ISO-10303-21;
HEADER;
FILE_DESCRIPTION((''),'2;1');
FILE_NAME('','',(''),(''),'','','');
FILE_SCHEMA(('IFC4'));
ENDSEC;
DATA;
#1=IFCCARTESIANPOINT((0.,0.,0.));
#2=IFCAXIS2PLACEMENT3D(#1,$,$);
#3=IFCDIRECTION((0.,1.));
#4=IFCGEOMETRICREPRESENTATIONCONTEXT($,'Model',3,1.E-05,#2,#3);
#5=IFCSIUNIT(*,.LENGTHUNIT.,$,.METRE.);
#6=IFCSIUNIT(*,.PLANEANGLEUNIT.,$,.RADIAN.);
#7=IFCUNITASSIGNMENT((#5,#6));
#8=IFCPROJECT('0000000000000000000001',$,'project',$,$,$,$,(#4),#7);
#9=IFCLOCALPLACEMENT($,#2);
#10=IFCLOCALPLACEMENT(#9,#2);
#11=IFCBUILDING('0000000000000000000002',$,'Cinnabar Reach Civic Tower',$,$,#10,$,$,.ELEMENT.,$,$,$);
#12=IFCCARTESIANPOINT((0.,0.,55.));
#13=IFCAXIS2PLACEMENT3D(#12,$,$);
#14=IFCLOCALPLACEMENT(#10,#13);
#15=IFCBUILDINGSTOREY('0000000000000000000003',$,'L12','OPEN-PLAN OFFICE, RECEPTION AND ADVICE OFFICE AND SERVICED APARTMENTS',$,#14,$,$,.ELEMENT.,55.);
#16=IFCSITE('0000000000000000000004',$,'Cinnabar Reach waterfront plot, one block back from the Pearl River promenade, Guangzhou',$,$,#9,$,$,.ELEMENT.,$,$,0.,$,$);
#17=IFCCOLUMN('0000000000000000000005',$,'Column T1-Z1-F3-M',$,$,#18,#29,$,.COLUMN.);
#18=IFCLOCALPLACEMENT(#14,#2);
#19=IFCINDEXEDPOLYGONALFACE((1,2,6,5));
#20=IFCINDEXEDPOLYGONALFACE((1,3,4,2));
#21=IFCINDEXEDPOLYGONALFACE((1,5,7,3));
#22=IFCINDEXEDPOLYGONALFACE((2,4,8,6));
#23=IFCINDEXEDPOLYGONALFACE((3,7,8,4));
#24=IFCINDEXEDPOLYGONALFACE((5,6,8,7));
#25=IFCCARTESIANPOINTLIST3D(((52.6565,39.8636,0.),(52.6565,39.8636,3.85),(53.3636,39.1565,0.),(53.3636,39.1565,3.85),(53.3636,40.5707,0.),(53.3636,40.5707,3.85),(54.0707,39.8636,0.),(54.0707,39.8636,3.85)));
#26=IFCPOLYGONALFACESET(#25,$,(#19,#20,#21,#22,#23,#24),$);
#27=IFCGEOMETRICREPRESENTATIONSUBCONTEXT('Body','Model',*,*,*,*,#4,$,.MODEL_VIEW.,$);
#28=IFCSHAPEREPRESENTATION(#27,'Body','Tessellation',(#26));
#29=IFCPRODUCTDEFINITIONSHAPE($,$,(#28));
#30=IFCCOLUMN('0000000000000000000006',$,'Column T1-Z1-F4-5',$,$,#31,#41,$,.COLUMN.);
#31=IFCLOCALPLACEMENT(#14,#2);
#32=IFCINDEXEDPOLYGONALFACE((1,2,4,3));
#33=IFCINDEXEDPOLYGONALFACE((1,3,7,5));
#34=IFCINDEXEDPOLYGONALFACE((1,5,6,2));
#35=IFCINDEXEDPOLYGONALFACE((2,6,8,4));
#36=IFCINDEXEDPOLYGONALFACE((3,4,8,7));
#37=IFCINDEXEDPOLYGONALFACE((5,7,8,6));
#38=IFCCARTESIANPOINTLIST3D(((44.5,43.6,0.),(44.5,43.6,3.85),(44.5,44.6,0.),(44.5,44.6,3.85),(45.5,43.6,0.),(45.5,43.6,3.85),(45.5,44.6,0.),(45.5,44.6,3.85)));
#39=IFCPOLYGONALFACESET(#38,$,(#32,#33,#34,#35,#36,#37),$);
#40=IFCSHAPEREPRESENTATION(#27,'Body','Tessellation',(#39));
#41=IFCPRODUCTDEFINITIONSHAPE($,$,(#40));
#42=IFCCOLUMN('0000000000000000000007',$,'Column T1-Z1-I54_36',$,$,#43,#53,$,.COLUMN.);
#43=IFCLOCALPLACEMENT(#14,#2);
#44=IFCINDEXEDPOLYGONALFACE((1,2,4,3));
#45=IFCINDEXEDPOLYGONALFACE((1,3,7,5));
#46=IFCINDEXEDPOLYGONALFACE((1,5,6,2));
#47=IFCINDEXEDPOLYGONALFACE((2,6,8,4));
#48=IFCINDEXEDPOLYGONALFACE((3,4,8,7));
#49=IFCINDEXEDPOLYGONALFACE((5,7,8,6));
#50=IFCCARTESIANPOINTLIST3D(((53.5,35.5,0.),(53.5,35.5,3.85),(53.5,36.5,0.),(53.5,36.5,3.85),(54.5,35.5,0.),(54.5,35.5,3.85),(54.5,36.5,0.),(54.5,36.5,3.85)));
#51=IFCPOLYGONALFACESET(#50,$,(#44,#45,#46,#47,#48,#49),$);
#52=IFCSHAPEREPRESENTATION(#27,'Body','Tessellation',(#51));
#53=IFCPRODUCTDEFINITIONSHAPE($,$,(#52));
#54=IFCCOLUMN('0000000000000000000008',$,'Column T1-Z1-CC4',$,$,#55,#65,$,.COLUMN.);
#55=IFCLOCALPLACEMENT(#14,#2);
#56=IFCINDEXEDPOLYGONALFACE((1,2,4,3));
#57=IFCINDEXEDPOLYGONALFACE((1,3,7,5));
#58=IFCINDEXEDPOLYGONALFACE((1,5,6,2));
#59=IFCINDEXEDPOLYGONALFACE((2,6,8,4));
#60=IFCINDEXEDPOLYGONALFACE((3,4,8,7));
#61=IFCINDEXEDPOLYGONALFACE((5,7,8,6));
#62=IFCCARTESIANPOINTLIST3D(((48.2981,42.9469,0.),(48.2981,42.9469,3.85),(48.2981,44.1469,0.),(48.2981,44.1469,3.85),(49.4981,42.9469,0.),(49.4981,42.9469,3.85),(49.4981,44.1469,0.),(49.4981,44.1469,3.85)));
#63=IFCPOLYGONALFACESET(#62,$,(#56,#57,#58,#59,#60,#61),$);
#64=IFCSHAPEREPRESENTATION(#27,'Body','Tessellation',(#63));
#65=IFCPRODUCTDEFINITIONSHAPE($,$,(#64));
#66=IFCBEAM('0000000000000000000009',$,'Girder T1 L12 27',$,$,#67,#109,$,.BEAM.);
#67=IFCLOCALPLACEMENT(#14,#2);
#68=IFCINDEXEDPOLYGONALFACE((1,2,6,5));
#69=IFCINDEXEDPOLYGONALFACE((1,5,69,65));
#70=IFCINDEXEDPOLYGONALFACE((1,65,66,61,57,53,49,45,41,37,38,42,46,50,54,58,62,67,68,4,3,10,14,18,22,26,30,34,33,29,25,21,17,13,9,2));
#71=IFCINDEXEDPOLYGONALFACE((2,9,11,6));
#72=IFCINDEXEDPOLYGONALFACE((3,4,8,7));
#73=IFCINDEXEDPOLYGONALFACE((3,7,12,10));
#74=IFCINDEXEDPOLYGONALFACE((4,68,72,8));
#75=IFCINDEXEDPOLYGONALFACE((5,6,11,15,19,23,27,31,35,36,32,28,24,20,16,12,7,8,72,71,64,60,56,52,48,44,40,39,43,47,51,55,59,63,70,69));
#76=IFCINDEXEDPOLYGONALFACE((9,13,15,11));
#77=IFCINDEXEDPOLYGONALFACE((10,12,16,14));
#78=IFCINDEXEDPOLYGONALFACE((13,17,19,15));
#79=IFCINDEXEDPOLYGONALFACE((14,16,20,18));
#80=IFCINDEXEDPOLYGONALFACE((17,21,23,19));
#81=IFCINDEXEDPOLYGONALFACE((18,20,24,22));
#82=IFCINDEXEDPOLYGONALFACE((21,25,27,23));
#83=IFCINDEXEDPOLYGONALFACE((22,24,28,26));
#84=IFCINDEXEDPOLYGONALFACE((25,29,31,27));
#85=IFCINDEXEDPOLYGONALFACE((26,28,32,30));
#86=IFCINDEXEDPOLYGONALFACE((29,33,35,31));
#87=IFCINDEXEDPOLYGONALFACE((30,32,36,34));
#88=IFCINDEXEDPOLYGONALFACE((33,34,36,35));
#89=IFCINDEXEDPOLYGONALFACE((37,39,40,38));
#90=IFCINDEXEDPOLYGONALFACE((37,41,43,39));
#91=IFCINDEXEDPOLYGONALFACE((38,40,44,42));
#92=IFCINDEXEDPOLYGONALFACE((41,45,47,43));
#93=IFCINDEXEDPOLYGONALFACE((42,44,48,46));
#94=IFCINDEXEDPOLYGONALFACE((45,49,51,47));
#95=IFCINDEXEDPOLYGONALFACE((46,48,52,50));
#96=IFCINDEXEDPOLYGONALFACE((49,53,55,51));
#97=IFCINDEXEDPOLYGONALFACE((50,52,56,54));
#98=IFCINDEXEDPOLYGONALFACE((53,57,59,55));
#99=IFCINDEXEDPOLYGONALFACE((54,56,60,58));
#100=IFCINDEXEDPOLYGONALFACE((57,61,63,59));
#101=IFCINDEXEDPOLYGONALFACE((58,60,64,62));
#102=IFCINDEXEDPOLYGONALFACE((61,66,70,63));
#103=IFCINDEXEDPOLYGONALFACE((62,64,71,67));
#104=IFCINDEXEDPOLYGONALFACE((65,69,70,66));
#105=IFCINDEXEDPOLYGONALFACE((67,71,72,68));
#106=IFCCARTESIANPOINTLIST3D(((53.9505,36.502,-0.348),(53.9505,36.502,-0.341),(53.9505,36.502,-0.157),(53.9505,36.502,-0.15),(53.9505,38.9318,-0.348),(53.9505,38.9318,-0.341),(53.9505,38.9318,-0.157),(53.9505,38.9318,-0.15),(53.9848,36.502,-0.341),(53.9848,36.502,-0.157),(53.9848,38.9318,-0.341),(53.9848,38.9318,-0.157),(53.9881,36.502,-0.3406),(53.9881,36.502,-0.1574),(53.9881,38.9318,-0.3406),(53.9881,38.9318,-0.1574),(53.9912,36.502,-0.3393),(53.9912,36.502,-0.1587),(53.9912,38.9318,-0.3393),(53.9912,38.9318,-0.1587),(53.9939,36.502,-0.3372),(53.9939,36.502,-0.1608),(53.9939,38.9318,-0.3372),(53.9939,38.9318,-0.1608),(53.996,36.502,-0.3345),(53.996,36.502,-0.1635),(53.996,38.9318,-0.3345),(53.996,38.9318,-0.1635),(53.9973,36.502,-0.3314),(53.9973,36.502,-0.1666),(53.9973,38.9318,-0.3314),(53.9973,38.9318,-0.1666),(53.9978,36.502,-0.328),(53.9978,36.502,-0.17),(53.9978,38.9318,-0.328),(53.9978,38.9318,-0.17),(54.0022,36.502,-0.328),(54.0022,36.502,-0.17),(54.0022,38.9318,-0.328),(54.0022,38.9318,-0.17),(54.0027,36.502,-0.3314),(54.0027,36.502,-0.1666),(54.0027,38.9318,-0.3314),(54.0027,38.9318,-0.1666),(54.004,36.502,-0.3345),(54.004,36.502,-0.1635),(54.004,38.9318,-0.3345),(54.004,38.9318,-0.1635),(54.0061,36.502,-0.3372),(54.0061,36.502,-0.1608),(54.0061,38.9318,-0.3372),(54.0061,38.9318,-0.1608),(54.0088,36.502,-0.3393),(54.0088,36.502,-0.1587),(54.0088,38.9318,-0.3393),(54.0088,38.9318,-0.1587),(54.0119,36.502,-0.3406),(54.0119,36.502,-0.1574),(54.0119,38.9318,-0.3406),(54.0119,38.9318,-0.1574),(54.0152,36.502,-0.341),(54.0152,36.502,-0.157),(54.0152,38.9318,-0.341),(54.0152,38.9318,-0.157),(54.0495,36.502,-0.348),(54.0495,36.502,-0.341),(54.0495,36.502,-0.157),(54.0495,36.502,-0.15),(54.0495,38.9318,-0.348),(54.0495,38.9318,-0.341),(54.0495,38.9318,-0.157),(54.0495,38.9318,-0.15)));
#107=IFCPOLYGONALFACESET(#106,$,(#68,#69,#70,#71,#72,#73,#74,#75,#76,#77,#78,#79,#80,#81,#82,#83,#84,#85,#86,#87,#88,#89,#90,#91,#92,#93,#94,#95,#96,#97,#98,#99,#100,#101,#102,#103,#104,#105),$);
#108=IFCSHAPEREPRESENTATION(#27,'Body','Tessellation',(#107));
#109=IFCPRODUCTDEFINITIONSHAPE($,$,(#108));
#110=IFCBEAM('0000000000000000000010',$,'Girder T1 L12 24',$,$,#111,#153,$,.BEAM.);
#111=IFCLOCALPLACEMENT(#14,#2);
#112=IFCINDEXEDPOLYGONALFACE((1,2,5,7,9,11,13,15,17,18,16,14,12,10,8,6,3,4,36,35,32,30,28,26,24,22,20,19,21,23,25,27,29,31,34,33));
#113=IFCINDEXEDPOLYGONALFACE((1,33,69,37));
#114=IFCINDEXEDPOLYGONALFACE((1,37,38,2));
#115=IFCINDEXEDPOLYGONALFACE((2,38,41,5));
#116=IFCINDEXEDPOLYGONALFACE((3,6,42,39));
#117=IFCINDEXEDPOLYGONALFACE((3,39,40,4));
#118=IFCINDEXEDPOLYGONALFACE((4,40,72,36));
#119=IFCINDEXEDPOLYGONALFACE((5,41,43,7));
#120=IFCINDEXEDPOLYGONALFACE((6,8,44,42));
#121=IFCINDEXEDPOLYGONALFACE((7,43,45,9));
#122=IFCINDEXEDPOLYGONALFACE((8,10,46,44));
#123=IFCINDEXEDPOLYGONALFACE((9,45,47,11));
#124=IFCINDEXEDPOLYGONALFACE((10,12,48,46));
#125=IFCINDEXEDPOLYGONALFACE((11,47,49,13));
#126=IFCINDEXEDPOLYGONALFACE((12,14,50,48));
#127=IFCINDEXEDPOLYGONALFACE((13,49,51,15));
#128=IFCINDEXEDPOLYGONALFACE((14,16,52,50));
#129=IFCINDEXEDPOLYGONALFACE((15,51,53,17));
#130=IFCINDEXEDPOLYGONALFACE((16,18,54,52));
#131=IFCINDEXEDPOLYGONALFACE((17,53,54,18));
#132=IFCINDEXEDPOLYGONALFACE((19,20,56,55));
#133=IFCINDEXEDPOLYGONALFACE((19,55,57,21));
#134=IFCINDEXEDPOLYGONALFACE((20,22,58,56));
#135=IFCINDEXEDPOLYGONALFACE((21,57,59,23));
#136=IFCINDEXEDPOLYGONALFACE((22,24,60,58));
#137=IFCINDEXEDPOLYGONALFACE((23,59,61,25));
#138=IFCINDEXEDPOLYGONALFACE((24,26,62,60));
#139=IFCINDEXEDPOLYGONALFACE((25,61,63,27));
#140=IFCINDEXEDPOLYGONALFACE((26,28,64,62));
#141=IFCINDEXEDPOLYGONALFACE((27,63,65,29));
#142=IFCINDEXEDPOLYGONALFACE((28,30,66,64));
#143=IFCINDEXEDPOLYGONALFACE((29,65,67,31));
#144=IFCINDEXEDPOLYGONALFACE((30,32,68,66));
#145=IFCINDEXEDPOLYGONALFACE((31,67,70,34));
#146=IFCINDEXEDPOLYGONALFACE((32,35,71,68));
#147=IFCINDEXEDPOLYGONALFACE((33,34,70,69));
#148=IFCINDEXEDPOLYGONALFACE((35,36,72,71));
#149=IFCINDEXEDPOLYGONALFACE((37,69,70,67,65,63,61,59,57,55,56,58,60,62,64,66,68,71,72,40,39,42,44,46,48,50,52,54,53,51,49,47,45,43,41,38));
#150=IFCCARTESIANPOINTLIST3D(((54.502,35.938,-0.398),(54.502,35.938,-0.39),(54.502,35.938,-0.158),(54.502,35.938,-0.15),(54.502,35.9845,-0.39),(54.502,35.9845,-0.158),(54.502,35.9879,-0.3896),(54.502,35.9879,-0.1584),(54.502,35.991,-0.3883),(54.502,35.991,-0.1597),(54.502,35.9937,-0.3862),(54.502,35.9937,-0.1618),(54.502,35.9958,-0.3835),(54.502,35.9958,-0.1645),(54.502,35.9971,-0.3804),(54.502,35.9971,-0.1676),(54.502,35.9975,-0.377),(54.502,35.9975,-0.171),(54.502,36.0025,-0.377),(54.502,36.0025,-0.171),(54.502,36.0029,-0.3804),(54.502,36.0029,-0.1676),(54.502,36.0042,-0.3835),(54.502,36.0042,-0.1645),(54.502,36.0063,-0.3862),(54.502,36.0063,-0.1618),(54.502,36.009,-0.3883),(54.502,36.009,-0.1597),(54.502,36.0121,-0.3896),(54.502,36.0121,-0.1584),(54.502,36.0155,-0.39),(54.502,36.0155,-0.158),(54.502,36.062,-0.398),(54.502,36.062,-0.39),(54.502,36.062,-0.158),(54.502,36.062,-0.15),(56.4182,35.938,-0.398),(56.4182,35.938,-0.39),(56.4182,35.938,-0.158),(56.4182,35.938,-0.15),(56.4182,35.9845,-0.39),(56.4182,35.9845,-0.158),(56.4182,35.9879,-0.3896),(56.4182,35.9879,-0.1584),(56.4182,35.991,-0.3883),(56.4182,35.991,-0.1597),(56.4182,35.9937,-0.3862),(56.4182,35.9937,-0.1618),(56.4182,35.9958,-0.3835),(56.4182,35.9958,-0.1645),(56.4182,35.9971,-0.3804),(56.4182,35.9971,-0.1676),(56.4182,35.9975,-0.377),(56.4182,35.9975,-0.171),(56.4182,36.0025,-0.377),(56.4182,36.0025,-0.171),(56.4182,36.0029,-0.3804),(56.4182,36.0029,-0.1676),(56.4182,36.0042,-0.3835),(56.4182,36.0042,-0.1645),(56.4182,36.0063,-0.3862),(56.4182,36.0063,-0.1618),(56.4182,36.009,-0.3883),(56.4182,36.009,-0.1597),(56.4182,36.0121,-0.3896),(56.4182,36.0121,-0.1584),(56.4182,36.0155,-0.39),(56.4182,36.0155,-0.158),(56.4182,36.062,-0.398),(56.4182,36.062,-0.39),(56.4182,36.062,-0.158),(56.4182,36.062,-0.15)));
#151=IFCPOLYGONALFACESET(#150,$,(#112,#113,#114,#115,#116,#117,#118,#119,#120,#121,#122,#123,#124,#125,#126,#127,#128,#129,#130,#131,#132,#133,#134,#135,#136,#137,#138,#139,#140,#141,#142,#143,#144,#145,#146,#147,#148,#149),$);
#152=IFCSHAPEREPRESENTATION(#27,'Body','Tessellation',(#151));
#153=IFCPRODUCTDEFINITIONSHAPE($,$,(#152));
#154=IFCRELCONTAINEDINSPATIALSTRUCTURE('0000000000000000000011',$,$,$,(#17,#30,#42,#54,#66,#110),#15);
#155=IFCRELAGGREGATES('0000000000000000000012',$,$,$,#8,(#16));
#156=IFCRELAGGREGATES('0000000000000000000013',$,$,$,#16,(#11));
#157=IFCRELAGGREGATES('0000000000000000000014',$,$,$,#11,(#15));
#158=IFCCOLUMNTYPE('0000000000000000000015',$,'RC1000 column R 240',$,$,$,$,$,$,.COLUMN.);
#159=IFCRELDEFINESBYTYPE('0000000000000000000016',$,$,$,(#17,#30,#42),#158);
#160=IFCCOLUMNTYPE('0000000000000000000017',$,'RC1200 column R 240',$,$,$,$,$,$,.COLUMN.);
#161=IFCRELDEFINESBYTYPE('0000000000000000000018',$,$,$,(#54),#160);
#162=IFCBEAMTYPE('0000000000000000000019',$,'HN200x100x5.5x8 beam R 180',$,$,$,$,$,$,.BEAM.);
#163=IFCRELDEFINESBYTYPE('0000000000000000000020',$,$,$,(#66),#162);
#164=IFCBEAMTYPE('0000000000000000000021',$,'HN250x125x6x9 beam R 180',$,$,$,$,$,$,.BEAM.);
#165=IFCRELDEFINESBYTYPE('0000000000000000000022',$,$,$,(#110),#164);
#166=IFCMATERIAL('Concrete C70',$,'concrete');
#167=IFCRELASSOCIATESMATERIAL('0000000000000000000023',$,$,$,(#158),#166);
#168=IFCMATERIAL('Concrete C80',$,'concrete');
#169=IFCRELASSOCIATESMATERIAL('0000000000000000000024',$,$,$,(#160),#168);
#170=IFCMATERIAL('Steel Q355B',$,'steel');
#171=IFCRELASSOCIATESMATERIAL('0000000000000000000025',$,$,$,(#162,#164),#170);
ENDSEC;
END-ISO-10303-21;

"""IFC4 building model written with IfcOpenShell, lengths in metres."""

from ifc_helpers import new_model, si_unit, direction, frame, origin, origin_2d, place, context, subcontext, project, spatial, rectangle, i_section, extrude, material, material_profile, profile_set, type_object, element, save


model = new_model("IFC4")

# Units and contexts
model_context = context("Model", 3, precision=1e-05, world=origin(), true_north=direction((0.0, 1.0)))
body_context = subcontext(model_context, "Body", "Model", "MODEL_VIEW")
ifc_project = project(units=[si_unit("LENGTHUNIT", "METRE"), si_unit("PLANEANGLEUNIT", "RADIAN")], contexts=[model_context])

# Site, building, storey
site_placement = place(None, origin())
site = spatial("IfcSite", under=ifc_project, at=site_placement, Name="Cinnabar Reach waterfront plot, one block back from the Pearl River promenade, Guangzhou", CompositionType="ELEMENT", RefElevation=0.0)
building_placement = place(site_placement, origin())
building = spatial("IfcBuilding", under=site, at=building_placement, Name="Cinnabar Reach Civic Tower", CompositionType="ELEMENT")
storey_placement = place(building_placement, frame((0.0, 0.0, 55.0)))
storey = spatial("IfcBuildingStorey", under=building, at=storey_placement, Name="L12", Description="OPEN-PLAN OFFICE, RECEPTION AND ADVICE OFFICE AND SERVICED APARTMENTS", CompositionType="ELEMENT", Elevation=55.0)

# Columns
ifc_material_1 = material(Name="Concrete C70", Category="concrete")
ifc_material_profile_1 = material_profile(ifc_material_1, rectangle(XDim=1.0, YDim=1.0, at=origin_2d()), Name="RC1000")
ifc_profile_set_1 = profile_set([ifc_material_profile_1], Name="Concrete C70")
column_type_1 = type_object("IfcColumnType", Name="RC1000 column R 240", PredefinedType="COLUMN", material=ifc_profile_set_1)
for number, where, z_axis, x_axis, name in (
    (1, (53.3636, 39.8636, 0.0), (0.0, 0.0, 1.0), (0.707107, 0.707107, 0.0), "Column T1-Z1-F3-M"),
    (2, (45.0, 44.1, 0.0), (0.0, 0.0, 1.0), (1.0, 0.0, 0.0), "Column T1-Z1-F4-5"),
    (3, (54.0, 36.0, 0.0), (0.0, 0.0, 1.0), (1.0, 0.0, 0.0), "Column T1-Z1-I54_36"),
):
    element("IfcColumn", number, at=place(storey_placement, frame(where, z_axis=z_axis, x_axis=x_axis)), inside=storey, type_object=column_type_1, Name=name, PredefinedType="COLUMN", context=body_context, shape_type="SweptSolid", body=[
        extrude(rectangle(XDim=1.0, YDim=1.0, at=origin_2d()), origin(), (0.0, 0.0, 1.0), 3.85),
    ])
ifc_material_2 = material(Name="Concrete C80", Category="concrete")
ifc_material_profile_2 = material_profile(ifc_material_2, rectangle(XDim=1.2, YDim=1.2, at=origin_2d()), Name="RC1200")
ifc_profile_set_2 = profile_set([ifc_material_profile_2], Name="Concrete C80")
column_type_2 = type_object("IfcColumnType", Name="RC1200 column R 240", PredefinedType="COLUMN", material=ifc_profile_set_2)
column_placement = place(storey_placement, frame((48.8981, 43.5469, 0.0), z_axis=(0.0, 0.0, 1.0), x_axis=(1.0, 0.0, 0.0)))
element("IfcColumn", 4, at=column_placement, inside=storey, type_object=column_type_2, Name="Column T1-Z1-CC4", PredefinedType="COLUMN", context=body_context, shape_type="SweptSolid", body=[
    extrude(rectangle(XDim=1.2, YDim=1.2, at=origin_2d()), origin(), (0.0, 0.0, 1.0), 3.85),
])

# Beams
ifc_material_3 = material(Name="Steel Q355B", Category="steel")
ifc_material_profile_3 = material_profile(ifc_material_3, i_section(OverallWidth=0.099, OverallDepth=0.198, WebThickness=0.0045, FlangeThickness=0.007, FilletRadius=0.013, at=origin_2d()), Name="HN200x100x5.5x8")
ifc_profile_set_3 = profile_set([ifc_material_profile_3], Name="Steel Q355B")
beam_type_1 = type_object("IfcBeamType", Name="HN200x100x5.5x8 beam R 180", PredefinedType="BEAM", material=ifc_profile_set_3)
beam_1_placement = place(storey_placement, frame((54.0, 36.502, -0.249), z_axis=(0.0, 1.0, 0.0), x_axis=(-1.0, 0.0, 0.0)))
element("IfcBeam", 5, at=beam_1_placement, inside=storey, type_object=beam_type_1, Name="Girder T1 L12 27", PredefinedType="BEAM", context=body_context, shape_type="SweptSolid", body=[
    extrude(i_section(OverallWidth=0.099, OverallDepth=0.198, WebThickness=0.0045, FlangeThickness=0.007, FilletRadius=0.013, at=origin_2d()), origin(), (0.0, 0.0, 1.0), 2.4298),
])
ifc_material_profile_4 = material_profile(ifc_material_3, i_section(OverallWidth=0.124, OverallDepth=0.248, WebThickness=0.005, FlangeThickness=0.008, FilletRadius=0.013, at=origin_2d()), Name="HN250x125x6x9")
ifc_profile_set_4 = profile_set([ifc_material_profile_4], Name="Steel Q355B")
beam_type_2 = type_object("IfcBeamType", Name="HN250x125x6x9 beam R 180", PredefinedType="BEAM", material=ifc_profile_set_4)
beam_2_placement = place(storey_placement, frame((54.502, 36.0, -0.274), z_axis=(1.0, 0.0, 0.0), x_axis=(0.0, 1.0, 0.0)))
element("IfcBeam", 6, at=beam_2_placement, inside=storey, type_object=beam_type_2, Name="Girder T1 L12 24", PredefinedType="BEAM", context=body_context, shape_type="SweptSolid", body=[
    extrude(i_section(OverallWidth=0.124, OverallDepth=0.248, WebThickness=0.005, FlangeThickness=0.008, FilletRadius=0.013, at=origin_2d()), origin(), (0.0, 0.0, 1.0), 1.9162),
])

save(model, "model.ifc")
